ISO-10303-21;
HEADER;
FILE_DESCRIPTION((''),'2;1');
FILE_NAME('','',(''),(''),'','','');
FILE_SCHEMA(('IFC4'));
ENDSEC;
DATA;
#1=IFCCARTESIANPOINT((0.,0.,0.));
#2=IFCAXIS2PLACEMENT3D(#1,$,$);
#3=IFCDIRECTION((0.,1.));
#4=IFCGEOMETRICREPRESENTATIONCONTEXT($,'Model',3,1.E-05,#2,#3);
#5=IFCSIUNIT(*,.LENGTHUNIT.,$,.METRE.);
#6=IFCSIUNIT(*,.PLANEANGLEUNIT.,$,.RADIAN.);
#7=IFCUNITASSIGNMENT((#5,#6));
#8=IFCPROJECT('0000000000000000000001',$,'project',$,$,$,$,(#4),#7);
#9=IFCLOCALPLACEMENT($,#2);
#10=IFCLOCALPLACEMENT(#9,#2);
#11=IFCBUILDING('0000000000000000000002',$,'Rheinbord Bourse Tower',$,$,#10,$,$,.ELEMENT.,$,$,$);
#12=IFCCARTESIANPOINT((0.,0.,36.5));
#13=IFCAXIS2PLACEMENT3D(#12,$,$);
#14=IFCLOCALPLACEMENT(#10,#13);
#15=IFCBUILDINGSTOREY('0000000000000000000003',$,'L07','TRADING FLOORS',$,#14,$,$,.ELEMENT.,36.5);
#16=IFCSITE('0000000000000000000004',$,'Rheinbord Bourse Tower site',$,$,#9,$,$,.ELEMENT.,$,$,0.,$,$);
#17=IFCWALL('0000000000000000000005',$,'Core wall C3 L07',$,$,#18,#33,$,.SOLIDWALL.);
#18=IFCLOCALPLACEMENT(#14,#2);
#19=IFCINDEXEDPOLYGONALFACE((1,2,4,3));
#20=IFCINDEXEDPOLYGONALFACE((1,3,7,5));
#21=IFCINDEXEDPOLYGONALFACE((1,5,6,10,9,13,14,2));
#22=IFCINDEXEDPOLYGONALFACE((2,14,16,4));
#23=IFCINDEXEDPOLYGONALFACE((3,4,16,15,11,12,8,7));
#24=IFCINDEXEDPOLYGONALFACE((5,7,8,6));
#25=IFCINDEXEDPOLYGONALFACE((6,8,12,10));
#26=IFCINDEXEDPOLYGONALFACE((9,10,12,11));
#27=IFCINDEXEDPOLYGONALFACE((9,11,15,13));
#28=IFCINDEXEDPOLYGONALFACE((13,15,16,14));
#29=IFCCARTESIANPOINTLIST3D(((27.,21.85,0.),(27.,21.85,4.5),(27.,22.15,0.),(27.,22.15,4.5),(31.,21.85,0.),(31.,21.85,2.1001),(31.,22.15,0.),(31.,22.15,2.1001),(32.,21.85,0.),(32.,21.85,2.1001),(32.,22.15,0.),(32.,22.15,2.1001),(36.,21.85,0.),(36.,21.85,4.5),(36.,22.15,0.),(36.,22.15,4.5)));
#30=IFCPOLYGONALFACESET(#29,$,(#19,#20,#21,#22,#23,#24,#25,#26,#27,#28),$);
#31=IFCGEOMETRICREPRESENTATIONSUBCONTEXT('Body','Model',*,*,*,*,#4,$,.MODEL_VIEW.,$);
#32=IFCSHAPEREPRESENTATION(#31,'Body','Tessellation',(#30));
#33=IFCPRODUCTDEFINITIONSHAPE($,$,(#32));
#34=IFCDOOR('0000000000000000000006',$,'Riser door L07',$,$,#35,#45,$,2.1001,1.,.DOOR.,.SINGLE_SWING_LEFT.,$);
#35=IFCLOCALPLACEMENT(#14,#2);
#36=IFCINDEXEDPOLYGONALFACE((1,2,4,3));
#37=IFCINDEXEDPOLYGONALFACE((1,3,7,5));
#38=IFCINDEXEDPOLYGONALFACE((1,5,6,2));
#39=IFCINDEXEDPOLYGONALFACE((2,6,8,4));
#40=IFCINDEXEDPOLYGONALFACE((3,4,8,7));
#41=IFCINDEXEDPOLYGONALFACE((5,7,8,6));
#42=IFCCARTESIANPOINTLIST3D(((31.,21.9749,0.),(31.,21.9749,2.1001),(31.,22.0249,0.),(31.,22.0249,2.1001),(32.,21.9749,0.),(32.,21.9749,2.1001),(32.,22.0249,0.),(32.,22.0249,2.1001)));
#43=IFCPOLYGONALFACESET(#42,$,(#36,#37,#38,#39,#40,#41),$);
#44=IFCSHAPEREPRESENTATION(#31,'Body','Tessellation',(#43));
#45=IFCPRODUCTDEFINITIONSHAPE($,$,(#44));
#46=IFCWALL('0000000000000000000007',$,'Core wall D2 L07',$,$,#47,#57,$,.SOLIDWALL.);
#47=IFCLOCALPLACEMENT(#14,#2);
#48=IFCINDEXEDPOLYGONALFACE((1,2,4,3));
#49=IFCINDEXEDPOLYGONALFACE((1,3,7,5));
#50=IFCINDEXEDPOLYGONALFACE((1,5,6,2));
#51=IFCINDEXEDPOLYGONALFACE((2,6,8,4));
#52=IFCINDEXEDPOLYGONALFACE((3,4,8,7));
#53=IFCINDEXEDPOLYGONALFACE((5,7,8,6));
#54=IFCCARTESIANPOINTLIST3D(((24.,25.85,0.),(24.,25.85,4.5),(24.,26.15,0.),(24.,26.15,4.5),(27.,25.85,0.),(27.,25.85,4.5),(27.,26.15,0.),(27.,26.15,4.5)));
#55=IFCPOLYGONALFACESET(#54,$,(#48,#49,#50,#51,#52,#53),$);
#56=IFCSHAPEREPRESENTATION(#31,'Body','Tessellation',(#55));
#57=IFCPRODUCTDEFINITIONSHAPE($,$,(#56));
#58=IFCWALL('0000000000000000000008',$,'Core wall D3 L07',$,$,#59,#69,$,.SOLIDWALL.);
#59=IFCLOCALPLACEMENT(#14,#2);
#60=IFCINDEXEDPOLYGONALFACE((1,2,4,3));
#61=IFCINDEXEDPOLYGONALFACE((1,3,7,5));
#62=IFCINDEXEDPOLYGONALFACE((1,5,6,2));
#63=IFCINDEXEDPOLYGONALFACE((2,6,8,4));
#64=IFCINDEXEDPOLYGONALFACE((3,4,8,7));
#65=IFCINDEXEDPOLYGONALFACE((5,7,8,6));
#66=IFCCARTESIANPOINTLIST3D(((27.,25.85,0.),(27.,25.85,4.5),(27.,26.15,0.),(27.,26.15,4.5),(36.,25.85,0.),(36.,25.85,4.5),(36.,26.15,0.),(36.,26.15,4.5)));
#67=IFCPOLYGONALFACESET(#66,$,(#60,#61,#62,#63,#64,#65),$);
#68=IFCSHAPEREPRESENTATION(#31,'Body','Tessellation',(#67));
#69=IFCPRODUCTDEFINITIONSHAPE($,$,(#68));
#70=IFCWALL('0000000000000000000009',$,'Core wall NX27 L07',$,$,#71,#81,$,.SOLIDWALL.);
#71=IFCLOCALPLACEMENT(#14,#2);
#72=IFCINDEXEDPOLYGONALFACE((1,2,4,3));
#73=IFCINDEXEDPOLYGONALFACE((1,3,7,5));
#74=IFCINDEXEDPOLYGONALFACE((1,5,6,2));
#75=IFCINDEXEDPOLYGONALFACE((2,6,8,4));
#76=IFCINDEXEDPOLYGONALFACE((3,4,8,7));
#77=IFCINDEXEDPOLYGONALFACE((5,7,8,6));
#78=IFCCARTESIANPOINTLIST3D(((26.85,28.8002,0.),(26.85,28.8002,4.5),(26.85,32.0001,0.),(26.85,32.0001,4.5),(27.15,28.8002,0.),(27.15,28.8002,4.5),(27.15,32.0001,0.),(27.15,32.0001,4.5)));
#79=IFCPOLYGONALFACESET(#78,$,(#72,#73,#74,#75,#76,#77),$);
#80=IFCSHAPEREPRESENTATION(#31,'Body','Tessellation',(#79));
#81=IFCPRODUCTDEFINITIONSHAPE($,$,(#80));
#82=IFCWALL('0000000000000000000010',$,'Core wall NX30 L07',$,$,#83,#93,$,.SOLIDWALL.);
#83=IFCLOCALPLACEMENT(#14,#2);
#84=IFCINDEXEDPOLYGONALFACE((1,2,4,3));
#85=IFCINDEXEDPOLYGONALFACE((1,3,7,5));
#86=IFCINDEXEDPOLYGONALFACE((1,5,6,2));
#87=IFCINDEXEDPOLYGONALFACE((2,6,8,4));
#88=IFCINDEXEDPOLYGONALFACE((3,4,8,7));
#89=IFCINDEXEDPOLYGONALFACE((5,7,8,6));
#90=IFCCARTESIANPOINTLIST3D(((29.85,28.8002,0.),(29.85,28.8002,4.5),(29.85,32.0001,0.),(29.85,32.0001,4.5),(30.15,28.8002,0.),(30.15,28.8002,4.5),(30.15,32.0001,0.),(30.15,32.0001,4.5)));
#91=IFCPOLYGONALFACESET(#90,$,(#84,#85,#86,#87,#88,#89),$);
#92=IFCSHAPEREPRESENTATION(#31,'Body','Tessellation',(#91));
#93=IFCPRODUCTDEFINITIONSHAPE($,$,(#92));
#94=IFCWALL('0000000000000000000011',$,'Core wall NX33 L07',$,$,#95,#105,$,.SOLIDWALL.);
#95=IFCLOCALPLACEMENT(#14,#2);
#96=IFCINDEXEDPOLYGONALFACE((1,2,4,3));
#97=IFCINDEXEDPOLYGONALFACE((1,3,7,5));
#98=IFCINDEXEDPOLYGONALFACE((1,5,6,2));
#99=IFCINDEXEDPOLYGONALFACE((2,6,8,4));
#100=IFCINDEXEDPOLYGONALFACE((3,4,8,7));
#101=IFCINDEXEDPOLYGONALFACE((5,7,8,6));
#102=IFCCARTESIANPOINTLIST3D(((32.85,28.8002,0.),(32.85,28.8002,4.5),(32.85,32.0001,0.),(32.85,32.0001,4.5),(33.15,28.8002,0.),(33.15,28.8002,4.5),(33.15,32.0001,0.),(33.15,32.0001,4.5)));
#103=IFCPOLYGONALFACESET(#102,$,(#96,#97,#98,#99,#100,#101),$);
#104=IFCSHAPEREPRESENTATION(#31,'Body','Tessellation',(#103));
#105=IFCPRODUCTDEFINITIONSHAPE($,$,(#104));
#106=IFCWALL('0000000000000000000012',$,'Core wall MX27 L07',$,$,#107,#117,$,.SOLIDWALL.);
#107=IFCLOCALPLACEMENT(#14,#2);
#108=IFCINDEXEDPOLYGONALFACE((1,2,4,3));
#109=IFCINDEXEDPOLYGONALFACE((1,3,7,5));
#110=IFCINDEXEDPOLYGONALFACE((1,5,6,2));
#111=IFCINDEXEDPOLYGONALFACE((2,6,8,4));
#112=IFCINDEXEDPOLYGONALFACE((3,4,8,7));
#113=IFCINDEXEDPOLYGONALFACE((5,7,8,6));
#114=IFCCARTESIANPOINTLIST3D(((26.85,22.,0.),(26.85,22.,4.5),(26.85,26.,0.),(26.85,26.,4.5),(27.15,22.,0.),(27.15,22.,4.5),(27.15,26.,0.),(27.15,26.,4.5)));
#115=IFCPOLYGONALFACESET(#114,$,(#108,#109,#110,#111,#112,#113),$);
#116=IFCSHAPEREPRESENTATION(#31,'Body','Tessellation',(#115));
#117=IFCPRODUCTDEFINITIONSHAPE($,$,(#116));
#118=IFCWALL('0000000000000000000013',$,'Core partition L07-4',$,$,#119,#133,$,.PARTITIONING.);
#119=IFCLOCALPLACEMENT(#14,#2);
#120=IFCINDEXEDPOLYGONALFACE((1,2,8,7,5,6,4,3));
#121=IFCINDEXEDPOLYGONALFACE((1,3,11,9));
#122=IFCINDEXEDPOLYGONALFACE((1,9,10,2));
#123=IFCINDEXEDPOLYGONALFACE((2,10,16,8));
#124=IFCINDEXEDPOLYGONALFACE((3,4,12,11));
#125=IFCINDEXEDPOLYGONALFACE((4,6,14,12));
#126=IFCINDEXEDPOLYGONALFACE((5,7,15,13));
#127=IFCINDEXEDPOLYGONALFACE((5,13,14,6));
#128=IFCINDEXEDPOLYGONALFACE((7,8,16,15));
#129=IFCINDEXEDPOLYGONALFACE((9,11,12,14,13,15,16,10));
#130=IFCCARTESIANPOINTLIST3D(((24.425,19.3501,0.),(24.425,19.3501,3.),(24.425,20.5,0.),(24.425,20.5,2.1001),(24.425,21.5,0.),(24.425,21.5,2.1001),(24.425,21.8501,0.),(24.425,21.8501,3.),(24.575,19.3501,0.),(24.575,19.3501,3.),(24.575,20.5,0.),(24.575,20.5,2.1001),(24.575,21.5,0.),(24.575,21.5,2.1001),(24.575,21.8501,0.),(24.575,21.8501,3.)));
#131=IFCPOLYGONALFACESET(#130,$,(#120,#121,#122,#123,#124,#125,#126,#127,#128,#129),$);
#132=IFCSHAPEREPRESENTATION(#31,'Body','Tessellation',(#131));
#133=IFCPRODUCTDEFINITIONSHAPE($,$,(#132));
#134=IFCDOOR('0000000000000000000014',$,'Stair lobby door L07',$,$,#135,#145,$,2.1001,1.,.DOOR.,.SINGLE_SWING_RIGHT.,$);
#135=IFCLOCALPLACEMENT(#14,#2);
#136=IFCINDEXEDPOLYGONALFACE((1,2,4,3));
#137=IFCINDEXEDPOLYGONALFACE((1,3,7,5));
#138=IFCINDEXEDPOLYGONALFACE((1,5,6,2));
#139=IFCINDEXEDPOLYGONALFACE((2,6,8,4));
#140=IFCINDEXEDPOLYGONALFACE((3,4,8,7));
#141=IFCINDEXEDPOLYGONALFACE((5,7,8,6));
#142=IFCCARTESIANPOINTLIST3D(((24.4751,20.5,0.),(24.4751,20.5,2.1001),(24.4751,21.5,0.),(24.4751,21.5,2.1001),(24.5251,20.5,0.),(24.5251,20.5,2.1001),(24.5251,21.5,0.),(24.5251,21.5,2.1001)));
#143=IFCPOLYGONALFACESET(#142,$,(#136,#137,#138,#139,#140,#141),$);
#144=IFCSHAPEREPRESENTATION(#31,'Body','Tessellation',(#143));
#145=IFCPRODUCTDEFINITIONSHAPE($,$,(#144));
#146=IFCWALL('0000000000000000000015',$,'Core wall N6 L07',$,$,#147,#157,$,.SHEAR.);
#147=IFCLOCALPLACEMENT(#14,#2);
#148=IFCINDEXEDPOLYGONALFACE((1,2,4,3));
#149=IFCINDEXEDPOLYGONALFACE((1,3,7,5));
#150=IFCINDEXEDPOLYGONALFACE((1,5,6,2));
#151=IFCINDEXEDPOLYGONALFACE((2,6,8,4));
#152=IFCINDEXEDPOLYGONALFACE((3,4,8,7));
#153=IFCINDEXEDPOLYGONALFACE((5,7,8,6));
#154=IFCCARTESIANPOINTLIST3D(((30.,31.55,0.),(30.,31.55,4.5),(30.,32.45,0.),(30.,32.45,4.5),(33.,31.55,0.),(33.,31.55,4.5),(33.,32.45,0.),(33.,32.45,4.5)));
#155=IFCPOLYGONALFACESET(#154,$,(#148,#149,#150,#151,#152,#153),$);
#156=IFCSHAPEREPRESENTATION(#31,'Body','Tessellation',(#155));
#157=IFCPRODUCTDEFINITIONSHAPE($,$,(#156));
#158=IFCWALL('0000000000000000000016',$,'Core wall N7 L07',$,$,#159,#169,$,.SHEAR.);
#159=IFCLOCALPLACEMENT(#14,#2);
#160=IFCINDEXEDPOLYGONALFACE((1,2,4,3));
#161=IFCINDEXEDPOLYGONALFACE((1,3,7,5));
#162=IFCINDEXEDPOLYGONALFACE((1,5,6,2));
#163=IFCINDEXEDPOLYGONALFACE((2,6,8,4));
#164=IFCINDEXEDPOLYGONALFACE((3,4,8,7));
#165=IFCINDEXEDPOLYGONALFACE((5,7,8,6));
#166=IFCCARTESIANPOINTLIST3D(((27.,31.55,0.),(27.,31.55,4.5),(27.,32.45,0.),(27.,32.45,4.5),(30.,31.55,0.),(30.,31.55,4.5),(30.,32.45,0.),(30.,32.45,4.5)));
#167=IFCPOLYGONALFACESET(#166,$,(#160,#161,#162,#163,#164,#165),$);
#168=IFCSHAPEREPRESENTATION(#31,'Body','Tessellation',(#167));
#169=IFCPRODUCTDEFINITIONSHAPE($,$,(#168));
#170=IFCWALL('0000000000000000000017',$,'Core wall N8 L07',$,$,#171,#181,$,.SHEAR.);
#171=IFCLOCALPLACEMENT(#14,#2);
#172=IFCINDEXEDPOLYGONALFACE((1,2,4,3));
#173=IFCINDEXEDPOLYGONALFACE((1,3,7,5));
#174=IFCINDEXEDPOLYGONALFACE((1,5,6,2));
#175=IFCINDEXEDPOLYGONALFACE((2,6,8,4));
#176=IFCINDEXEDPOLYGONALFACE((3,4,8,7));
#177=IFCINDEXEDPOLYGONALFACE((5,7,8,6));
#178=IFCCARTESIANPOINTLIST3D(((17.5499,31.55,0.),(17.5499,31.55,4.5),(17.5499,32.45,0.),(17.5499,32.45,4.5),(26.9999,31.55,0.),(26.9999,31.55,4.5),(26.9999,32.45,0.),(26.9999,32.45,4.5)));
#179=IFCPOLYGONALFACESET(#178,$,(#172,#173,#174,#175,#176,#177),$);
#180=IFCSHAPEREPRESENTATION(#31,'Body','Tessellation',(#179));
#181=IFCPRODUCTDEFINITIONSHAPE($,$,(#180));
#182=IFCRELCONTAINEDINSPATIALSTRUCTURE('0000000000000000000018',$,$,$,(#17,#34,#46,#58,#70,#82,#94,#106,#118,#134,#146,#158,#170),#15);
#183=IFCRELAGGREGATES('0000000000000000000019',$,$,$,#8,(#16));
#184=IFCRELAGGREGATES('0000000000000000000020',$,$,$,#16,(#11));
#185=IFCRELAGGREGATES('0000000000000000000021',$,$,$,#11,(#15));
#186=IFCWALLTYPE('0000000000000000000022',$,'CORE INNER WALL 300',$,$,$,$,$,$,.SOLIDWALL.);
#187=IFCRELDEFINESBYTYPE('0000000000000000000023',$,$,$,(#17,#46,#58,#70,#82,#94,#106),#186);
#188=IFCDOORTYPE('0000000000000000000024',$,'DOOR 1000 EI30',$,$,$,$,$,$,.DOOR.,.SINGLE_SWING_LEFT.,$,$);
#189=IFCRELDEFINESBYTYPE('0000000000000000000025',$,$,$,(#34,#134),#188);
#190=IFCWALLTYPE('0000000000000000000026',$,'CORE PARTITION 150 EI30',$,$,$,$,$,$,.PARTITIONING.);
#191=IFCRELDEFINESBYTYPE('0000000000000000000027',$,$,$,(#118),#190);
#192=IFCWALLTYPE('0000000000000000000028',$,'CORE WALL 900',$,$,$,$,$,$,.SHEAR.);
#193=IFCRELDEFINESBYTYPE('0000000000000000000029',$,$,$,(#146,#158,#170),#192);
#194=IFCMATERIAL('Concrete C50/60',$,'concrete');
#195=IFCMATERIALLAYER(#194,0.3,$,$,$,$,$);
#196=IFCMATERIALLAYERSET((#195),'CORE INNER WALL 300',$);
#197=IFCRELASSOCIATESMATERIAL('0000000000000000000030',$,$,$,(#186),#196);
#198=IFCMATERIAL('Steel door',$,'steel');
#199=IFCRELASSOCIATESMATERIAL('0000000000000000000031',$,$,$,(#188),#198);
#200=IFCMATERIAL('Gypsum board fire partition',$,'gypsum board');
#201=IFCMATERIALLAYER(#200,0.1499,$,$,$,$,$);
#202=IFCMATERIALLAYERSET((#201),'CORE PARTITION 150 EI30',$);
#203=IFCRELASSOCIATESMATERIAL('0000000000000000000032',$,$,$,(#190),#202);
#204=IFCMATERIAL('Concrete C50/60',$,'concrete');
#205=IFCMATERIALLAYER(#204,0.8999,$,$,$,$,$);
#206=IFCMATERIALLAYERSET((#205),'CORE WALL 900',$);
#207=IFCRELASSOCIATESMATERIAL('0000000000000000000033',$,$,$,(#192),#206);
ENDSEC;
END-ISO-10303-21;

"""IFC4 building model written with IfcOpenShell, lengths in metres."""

from ifc_helpers import new_model, si_unit, direction, frame, frame_2d, origin, place, context, subcontext, project, spatial, rectangle, extrude, material, layer, layer_set, type_object, element, fill, save


model = new_model("IFC4")

# Units and contexts
model_context = context("Model", 3, precision=1e-05, world=origin(), true_north=direction((0.0, 1.0)))
body_context = subcontext(model_context, "Body", "Model", "MODEL_VIEW")
ifc_project = project(units=[si_unit("LENGTHUNIT", "METRE"), si_unit("PLANEANGLEUNIT", "RADIAN")], contexts=[model_context])

# Site, building, storey
site_placement = place(None, origin())
site = spatial("IfcSite", under=ifc_project, at=site_placement, Name="Rheinbord Bourse Tower site", CompositionType="ELEMENT", RefElevation=0.0)
building_placement = place(site_placement, origin())
building = spatial("IfcBuilding", under=site, at=building_placement, Name="Rheinbord Bourse Tower", CompositionType="ELEMENT")
storey_placement = place(building_placement, frame((0.0, 0.0, 36.5)))
storey = spatial("IfcBuildingStorey", under=building, at=storey_placement, Name="L07", Description="TRADING FLOORS", CompositionType="ELEMENT", Elevation=36.5)

# Wall, opening, door
ifc_material_1 = material(Name="Concrete C50/60", Category="concrete")
ifc_layer_1 = layer(ifc_material_1, 0.3)
ifc_layer_set_1 = layer_set([ifc_layer_1], Name="CORE INNER WALL 300")
wall_type_1 = type_object("IfcWallType", Name="CORE INNER WALL 300", PredefinedType="SOLIDWALL", material=ifc_layer_set_1)
wall_1_placement = place(storey_placement, frame((27.0, 22.0, 0.0), z_axis=(0.0, 0.0, 1.0), x_axis=(1.0, 0.0, 0.0)))
wall_1 = element("IfcWall", 1, at=wall_1_placement, inside=storey, type_object=wall_type_1, Name="Core wall C3 L07", PredefinedType="SOLIDWALL", context=body_context, shape_type="SweptSolid", body=[
    extrude(rectangle(XDim=9.0, YDim=0.3, at=frame_2d((4.5, 0.0))), origin(), (0.0, 0.0, 1.0), 4.5),
])
opening_1_placement = place(wall_1_placement, frame((4.0, 0.0, 0.0)))
opening_1 = element("IfcOpeningElement", 2, at=opening_1_placement, cuts=wall_1, PredefinedType="OPENING", context=body_context, shape_type="SweptSolid", body=[
    extrude(rectangle(XDim=1.0, YDim=2.1001, at=frame_2d((0.5, 1.05))), frame((0.0, 0.1599, 0.0), z_axis=(0.0, -1.0, 0.0), x_axis=(1.0, 0.0, 0.0)), (0.0, 0.0, 1.0), 0.3201),
])
ifc_material_2 = material(Name="Steel door", Category="steel")
door_type_1 = type_object("IfcDoorType", Name="DOOR 1000 EI30", OperationType="SINGLE_SWING_LEFT", PredefinedType="DOOR", material=ifc_material_2)
door_1_placement = place(opening_1_placement, origin())
door_1 = element("IfcDoor", 3, at=door_1_placement, inside=storey, type_object=door_type_1, Name="Riser door L07", OperationType="SINGLE_SWING_LEFT", OverallHeight=2.1001, OverallWidth=1.0, PredefinedType="DOOR", context=body_context, shape_type="SweptSolid", body=[
    extrude(rectangle(XDim=1.0, YDim=2.1001, at=frame_2d((0.5, 1.05))), frame((0.0, 0.0249, 0.0), z_axis=(0.0, -1.0, 0.0), x_axis=(1.0, 0.0, 0.0)), (0.0, 0.0, 1.0), 0.05),
])
fill(opening_1, door_1)

# Walls
wall_2_placement = place(storey_placement, frame((24.0, 26.0, 0.0), z_axis=(0.0, 0.0, 1.0), x_axis=(1.0, 0.0, 0.0)))
element("IfcWall", 4, at=wall_2_placement, inside=storey, type_object=wall_type_1, Name="Core wall D2 L07", PredefinedType="SOLIDWALL", context=body_context, shape_type="SweptSolid", body=[
    extrude(rectangle(XDim=3.0, YDim=0.3, at=frame_2d((1.5, 0.0))), origin(), (0.0, 0.0, 1.0), 4.5),
])
wall_3_placement = place(storey_placement, frame((27.0, 26.0, 0.0), z_axis=(0.0, 0.0, 1.0), x_axis=(1.0, 0.0, 0.0)))
element("IfcWall", 5, at=wall_3_placement, inside=storey, type_object=wall_type_1, Name="Core wall D3 L07", PredefinedType="SOLIDWALL", context=body_context, shape_type="SweptSolid", body=[
    extrude(rectangle(XDim=9.0, YDim=0.3, at=frame_2d((4.5, 0.0))), origin(), (0.0, 0.0, 1.0), 4.5),
])
for number, where, z_axis, x_axis, name in (
    (6, (27.0, 28.8, 0.0), (0.0, 0.0, 1.0), (0.0, 1.0, 0.0), "Core wall NX27 L07"),
    (7, (30.0, 28.8, 0.0), (0.0, 0.0, 1.0), (0.0, 1.0, 0.0), "Core wall NX30 L07"),
    (8, (33.0, 28.8, 0.0), (0.0, 0.0, 1.0), (0.0, 1.0, 0.0), "Core wall NX33 L07"),
):
    element("IfcWall", number, at=place(storey_placement, frame(where, z_axis=z_axis, x_axis=x_axis)), inside=storey, type_object=wall_type_1, Name=name, PredefinedType="SOLIDWALL", context=body_context, shape_type="SweptSolid", body=[
        extrude(rectangle(XDim=3.2, YDim=0.3, at=frame_2d((1.6001, 0.0))), origin(), (0.0, 0.0, 1.0), 4.5),
    ])
wall_4_placement = place(storey_placement, frame((27.0, 22.0, 0.0), z_axis=(0.0, 0.0, 1.0), x_axis=(0.0, 1.0, 0.0)))
element("IfcWall", 9, at=wall_4_placement, inside=storey, type_object=wall_type_1, Name="Core wall MX27 L07", PredefinedType="SOLIDWALL", context=body_context, shape_type="SweptSolid", body=[
    extrude(rectangle(XDim=4.0, YDim=0.3, at=frame_2d((2.0, 0.0))), origin(), (0.0, 0.0, 1.0), 4.5),
])

# Wall, opening, door
ifc_material_3 = material(Name="Gypsum board fire partition", Category="gypsum board")
ifc_layer_2 = layer(ifc_material_3, 0.1499)
ifc_layer_set_2 = layer_set([ifc_layer_2], Name="CORE PARTITION 150 EI30")
wall_type_2 = type_object("IfcWallType", Name="CORE PARTITION 150 EI30", PredefinedType="PARTITIONING", material=ifc_layer_set_2)
wall_5_placement = place(storey_placement, frame((24.5, 19.3501, 0.0), z_axis=(0.0, 0.0, 1.0), x_axis=(0.0, 1.0, 0.0)))
wall_5 = element("IfcWall", 10, at=wall_5_placement, inside=storey, type_object=wall_type_2, Name="Core partition L07-4", PredefinedType="PARTITIONING", context=body_context, shape_type="SweptSolid", body=[
    extrude(rectangle(XDim=2.5, YDim=0.1499, at=frame_2d((1.25, 0.0))), origin(), (0.0, 0.0, 1.0), 3.0),
])
opening_2_placement = place(wall_5_placement, frame((1.1499, 0.0, 0.0)))
opening_2 = element("IfcOpeningElement", 11, at=opening_2_placement, cuts=wall_5, PredefinedType="OPENING", context=body_context, shape_type="SweptSolid", body=[
    extrude(rectangle(XDim=1.0, YDim=2.1001, at=frame_2d((0.5, 1.05))), frame((0.0, 0.085, 0.0), z_axis=(0.0, -1.0, 0.0), x_axis=(1.0, 0.0, 0.0)), (0.0, 0.0, 1.0), 0.1699),
])
door_2_placement = place(opening_2_placement, origin())
door_2 = element("IfcDoor", 12, at=door_2_placement, inside=storey, type_object=door_type_1, Name="Stair lobby door L07", OperationType="SINGLE_SWING_RIGHT", OverallHeight=2.1001, OverallWidth=1.0, PredefinedType="DOOR", context=body_context, shape_type="SweptSolid", body=[
    extrude(rectangle(XDim=1.0, YDim=2.1001, at=frame_2d((0.5, 1.05))), frame((0.0, 0.0249, 0.0), z_axis=(0.0, -1.0, 0.0), x_axis=(1.0, 0.0, 0.0)), (0.0, 0.0, 1.0), 0.05),
])
fill(opening_2, door_2)

# Walls
ifc_material_4 = material(Name="Concrete C50/60", Category="concrete")
ifc_layer_3 = layer(ifc_material_4, 0.8999)
ifc_layer_set_3 = layer_set([ifc_layer_3], Name="CORE WALL 900")
wall_type_3 = type_object("IfcWallType", Name="CORE WALL 900", PredefinedType="SHEAR", material=ifc_layer_set_3)
for number, where, z_axis, x_axis, name in (
    (13, (33.0, 32.0, 0.0), (0.0, 0.0, 1.0), (-1.0, 0.0, 0.0), "Core wall N6 L07"),
    (14, (30.0, 32.0, 0.0), (0.0, 0.0, 1.0), (-1.0, 0.0, 0.0), "Core wall N7 L07"),
):
    element("IfcWall", number, at=place(storey_placement, frame(where, z_axis=z_axis, x_axis=x_axis)), inside=storey, type_object=wall_type_3, Name=name, PredefinedType="SHEAR", context=body_context, shape_type="SweptSolid", body=[
        extrude(rectangle(XDim=3.0, YDim=0.8999, at=frame_2d((1.5, 0.0))), origin(), (0.0, 0.0, 1.0), 4.5),
    ])
wall_6_placement = place(storey_placement, frame((27.0, 32.0, 0.0), z_axis=(0.0, 0.0, 1.0), x_axis=(-1.0, 0.0, 0.0)))
element("IfcWall", 15, at=wall_6_placement, inside=storey, type_object=wall_type_3, Name="Core wall N8 L07", PredefinedType="SHEAR", context=body_context, shape_type="SweptSolid", body=[
    extrude(rectangle(XDim=9.45, YDim=0.8999, at=frame_2d((4.7251, 0.0))), origin(), (0.0, 0.0, 1.0), 4.5),
])

save(model, "model.ifc")
